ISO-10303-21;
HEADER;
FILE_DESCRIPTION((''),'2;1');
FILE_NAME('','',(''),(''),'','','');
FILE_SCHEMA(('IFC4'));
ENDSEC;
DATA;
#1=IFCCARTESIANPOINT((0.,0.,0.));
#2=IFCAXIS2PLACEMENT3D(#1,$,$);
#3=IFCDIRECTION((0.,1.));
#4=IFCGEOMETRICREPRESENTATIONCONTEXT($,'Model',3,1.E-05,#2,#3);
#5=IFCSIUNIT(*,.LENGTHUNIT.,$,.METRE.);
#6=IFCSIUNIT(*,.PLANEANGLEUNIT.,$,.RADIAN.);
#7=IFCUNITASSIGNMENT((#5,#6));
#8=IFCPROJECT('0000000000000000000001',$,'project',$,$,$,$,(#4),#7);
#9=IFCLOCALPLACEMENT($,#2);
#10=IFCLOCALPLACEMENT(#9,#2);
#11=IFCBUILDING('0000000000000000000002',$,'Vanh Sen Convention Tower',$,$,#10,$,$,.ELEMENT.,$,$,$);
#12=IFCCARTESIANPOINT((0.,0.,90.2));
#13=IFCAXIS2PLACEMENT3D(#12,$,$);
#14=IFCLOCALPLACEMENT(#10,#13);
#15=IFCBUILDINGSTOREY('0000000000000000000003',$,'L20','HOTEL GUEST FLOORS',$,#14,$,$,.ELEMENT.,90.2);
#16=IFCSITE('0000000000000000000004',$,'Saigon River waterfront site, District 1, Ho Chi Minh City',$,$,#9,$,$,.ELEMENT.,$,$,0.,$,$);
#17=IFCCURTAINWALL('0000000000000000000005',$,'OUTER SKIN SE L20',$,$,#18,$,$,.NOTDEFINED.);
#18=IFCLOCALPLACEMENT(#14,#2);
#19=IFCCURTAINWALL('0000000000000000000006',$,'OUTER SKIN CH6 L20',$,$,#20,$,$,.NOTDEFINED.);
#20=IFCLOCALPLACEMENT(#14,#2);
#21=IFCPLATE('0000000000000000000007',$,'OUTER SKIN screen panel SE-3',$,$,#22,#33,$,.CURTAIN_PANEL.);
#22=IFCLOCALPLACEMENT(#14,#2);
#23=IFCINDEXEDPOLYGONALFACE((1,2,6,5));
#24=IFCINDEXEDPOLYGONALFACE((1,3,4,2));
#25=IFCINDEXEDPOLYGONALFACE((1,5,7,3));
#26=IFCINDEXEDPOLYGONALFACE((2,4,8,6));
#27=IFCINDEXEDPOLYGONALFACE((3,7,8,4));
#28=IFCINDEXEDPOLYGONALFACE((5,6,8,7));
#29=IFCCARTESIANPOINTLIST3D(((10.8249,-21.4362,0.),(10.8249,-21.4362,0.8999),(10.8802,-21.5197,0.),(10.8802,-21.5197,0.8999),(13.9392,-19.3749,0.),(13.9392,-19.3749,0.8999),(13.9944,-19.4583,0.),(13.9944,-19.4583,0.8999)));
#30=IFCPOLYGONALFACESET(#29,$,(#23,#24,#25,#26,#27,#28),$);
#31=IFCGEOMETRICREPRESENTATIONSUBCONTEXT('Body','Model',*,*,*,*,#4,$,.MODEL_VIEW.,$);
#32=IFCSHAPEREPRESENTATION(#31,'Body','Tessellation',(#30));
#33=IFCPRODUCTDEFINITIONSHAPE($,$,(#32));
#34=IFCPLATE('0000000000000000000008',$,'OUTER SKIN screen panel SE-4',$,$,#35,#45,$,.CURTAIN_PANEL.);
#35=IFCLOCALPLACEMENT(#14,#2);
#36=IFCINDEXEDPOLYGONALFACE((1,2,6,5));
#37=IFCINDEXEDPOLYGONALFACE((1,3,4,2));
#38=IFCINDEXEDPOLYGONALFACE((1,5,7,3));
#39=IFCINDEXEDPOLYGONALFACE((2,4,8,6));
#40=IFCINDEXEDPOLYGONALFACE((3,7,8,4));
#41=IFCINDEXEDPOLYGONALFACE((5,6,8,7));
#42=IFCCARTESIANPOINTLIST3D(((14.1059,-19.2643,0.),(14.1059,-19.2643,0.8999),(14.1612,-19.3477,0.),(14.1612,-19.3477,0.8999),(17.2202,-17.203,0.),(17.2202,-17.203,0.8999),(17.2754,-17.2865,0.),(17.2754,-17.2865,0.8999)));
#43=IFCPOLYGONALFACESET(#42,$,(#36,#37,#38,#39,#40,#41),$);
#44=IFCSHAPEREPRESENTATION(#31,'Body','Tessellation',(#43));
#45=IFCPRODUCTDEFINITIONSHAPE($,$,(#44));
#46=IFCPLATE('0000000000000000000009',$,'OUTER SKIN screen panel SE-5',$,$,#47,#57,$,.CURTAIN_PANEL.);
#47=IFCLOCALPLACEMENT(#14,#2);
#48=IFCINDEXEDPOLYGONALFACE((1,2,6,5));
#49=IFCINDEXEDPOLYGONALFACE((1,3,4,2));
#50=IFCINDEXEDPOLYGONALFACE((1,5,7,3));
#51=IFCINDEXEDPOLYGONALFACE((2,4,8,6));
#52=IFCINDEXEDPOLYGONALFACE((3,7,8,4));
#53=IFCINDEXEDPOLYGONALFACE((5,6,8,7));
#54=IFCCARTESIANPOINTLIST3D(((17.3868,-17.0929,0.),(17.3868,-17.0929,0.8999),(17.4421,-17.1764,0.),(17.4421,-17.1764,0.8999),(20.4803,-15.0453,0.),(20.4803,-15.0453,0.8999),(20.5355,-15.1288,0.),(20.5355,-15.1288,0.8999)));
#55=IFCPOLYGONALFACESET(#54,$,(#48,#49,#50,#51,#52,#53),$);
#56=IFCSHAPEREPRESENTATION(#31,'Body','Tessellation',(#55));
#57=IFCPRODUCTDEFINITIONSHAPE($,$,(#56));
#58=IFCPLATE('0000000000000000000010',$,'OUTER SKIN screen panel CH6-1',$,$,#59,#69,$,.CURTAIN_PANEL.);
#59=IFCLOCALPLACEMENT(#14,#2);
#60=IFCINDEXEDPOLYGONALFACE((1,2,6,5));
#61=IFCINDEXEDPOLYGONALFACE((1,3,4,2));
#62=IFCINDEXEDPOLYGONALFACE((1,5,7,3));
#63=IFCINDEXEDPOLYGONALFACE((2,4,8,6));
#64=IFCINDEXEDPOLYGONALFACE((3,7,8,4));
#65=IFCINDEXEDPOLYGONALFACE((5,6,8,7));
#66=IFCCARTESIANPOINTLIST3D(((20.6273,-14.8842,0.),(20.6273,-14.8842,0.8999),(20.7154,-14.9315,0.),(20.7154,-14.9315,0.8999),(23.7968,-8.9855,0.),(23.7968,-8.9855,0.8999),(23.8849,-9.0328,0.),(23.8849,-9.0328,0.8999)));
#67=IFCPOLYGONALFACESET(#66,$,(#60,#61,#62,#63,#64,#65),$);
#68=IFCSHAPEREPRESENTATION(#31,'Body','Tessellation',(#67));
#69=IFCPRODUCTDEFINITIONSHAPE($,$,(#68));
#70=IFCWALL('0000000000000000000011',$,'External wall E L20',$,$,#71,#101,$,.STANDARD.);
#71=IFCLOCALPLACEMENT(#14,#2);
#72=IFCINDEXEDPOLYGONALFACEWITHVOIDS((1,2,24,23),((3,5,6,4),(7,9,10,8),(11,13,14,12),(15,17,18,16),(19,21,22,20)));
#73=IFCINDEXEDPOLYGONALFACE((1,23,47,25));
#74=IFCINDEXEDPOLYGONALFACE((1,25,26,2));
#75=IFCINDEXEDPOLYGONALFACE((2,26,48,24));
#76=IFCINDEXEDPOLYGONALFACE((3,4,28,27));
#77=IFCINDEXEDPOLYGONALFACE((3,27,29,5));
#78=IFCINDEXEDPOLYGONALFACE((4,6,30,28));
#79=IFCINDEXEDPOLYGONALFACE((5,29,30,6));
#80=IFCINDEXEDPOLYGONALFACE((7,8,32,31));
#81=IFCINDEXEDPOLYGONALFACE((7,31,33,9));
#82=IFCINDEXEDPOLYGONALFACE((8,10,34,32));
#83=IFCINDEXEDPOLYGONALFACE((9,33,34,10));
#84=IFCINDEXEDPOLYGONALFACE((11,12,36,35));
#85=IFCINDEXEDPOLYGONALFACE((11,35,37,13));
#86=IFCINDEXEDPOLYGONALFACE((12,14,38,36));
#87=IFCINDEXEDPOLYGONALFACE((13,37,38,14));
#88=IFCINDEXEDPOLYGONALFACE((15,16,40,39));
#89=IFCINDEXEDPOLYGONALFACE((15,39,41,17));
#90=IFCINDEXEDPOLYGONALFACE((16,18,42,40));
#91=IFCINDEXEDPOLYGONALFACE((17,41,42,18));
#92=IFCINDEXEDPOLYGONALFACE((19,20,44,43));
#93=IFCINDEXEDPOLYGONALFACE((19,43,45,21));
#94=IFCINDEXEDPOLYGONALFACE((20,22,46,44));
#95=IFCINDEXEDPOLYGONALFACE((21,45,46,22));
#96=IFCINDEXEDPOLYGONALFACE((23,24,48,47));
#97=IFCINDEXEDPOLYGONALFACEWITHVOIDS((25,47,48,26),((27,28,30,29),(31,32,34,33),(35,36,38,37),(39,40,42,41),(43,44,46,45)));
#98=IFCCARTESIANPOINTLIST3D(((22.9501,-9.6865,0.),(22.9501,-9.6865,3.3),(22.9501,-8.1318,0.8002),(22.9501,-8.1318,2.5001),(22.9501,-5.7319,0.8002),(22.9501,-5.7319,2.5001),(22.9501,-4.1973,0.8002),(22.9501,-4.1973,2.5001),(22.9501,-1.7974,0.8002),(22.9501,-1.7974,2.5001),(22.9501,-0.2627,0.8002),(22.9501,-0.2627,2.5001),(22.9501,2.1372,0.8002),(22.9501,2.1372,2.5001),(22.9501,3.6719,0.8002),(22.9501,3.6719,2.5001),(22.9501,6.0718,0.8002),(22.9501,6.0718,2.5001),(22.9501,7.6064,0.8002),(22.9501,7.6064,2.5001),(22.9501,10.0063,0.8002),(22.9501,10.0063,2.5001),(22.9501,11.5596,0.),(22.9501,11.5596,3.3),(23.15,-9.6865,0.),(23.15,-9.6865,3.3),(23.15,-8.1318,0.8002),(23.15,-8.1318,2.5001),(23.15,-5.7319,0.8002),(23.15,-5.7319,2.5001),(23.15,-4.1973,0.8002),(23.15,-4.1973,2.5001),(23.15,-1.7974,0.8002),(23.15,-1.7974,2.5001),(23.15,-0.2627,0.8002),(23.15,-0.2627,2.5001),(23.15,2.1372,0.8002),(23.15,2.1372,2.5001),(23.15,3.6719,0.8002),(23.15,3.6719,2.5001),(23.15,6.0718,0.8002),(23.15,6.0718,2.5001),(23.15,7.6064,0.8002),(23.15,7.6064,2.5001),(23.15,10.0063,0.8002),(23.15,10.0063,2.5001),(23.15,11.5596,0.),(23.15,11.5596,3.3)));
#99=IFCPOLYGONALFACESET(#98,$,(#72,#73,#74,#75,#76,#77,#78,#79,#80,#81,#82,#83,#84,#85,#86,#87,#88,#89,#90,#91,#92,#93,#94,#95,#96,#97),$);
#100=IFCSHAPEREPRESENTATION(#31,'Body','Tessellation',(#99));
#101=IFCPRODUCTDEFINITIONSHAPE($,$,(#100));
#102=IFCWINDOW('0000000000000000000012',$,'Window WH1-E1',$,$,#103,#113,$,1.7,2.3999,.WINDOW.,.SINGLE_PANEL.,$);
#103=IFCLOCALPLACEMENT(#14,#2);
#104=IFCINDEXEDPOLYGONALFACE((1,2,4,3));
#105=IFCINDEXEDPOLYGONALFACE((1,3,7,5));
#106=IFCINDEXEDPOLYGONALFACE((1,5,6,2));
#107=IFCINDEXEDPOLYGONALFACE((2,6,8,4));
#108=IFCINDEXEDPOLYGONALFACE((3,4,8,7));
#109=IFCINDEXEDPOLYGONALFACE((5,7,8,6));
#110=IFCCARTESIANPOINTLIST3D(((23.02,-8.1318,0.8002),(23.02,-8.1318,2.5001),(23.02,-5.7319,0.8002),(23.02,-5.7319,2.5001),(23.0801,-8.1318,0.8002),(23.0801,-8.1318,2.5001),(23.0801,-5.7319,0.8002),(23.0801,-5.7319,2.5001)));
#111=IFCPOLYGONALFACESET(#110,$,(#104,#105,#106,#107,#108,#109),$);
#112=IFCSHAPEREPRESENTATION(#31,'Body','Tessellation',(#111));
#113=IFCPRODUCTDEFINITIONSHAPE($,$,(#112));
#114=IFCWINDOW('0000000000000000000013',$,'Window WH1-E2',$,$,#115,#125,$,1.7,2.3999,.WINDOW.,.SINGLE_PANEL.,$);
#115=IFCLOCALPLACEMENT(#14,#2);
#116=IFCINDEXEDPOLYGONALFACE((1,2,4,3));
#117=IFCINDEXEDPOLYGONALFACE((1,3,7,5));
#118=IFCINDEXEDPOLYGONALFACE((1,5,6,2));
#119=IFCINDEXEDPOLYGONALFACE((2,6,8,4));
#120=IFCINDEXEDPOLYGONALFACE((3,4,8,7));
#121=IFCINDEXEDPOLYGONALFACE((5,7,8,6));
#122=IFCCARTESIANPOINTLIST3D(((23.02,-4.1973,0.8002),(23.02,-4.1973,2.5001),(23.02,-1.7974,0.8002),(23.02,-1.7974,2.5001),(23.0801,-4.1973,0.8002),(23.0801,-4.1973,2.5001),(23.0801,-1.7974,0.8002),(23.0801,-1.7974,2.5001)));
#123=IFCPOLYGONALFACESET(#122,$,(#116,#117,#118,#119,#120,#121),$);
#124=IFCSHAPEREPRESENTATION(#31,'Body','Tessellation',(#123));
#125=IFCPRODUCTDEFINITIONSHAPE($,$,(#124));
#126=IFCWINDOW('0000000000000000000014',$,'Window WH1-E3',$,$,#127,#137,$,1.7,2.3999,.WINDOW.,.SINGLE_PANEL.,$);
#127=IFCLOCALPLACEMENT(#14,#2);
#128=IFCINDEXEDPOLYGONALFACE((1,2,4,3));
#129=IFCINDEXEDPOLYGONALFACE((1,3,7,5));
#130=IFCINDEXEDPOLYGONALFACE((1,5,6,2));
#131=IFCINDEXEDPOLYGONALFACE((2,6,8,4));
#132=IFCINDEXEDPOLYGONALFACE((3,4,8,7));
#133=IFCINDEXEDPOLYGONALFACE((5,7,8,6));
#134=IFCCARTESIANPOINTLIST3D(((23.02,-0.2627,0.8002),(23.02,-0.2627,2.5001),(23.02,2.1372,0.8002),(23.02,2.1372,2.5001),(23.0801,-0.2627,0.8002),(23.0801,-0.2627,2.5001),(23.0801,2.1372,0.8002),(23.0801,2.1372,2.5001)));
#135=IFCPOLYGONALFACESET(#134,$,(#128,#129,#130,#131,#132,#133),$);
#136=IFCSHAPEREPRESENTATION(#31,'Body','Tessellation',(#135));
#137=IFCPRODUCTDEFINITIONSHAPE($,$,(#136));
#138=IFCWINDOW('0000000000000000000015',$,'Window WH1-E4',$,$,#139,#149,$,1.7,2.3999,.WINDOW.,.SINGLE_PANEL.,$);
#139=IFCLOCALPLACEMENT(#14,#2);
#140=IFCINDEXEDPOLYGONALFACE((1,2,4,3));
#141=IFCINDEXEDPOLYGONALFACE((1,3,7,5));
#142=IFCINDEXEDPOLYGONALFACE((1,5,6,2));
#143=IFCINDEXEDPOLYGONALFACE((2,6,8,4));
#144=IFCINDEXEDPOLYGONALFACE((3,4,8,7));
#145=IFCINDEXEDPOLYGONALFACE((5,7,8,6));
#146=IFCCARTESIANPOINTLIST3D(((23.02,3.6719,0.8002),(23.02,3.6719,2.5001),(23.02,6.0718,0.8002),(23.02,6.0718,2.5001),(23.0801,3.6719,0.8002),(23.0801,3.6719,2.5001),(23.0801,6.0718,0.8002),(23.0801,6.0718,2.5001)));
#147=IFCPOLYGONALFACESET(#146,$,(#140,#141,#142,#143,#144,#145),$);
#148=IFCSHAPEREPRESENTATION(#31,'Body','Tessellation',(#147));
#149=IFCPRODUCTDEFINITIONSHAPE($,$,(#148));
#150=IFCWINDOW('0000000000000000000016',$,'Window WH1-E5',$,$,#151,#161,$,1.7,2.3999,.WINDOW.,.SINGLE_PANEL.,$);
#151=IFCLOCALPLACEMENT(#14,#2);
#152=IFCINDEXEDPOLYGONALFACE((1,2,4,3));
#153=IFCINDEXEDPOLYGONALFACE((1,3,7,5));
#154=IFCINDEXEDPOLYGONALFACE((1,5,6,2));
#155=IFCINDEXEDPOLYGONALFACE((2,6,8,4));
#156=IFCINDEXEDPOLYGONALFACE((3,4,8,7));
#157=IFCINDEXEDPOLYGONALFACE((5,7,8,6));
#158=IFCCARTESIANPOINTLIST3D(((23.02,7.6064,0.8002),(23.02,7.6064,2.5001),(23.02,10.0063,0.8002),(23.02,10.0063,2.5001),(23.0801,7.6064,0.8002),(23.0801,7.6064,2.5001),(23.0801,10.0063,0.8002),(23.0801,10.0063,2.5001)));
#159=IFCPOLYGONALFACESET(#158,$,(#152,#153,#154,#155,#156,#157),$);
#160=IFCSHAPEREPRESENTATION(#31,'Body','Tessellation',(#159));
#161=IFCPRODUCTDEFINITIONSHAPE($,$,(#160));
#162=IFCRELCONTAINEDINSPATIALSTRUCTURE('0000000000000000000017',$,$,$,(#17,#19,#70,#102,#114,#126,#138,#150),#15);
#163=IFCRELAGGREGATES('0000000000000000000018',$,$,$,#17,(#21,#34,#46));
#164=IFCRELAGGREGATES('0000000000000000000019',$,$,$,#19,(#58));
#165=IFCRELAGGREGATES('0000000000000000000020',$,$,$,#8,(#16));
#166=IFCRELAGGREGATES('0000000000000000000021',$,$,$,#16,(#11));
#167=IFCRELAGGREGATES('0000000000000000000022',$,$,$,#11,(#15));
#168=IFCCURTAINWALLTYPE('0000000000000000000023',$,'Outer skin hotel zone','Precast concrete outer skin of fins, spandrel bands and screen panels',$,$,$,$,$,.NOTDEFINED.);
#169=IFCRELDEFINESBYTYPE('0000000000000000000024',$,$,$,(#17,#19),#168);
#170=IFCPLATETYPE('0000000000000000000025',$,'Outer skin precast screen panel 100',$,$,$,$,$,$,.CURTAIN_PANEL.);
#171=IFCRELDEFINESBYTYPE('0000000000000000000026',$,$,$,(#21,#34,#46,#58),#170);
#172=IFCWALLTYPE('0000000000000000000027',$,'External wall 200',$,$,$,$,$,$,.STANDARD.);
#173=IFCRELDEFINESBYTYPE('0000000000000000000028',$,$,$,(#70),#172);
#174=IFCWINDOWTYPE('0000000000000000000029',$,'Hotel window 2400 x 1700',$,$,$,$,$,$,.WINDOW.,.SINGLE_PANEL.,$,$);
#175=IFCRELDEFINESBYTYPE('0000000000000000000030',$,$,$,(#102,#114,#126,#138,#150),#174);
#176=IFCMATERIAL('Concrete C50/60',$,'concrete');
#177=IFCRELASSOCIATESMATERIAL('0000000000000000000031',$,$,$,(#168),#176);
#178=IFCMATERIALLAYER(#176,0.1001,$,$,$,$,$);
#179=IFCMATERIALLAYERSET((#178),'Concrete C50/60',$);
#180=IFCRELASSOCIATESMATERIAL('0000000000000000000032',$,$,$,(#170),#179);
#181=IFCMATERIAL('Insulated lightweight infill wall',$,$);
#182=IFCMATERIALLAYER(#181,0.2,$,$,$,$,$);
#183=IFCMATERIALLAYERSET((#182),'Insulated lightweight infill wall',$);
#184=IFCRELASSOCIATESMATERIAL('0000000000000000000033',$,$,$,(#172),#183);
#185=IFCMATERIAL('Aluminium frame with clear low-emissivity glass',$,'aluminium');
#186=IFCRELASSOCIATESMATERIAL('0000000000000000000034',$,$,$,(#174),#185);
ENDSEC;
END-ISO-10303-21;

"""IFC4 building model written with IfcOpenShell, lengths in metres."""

from ifc_helpers import new_model, si_unit, direction, frame, frame_2d, origin, origin_2d, place, context, subcontext, project, spatial, rectangle, extrude, material, layer, layer_set, type_object, element, fill, aggregate, save


model = new_model("IFC4")

# Units and contexts
model_context = context("Model", 3, precision=1e-05, world=origin(), true_north=direction((0.0, 1.0)))
body_context = subcontext(model_context, "Body", "Model", "MODEL_VIEW")
ifc_project = project(units=[si_unit("LENGTHUNIT", "METRE"), si_unit("PLANEANGLEUNIT", "RADIAN")], contexts=[model_context])

# Site, building, storey
site_placement = place(None, origin())
site = spatial("IfcSite", under=ifc_project, at=site_placement, Name="Saigon River waterfront site, District 1, Ho Chi Minh City", CompositionType="ELEMENT", RefElevation=0.0)
building_placement = place(site_placement, origin())
building = spatial("IfcBuilding", under=site, at=building_placement, Name="Vanh Sen Convention Tower", CompositionType="ELEMENT")
storey_placement = place(building_placement, frame((0.0, 0.0, 90.2)))
storey = spatial("IfcBuildingStorey", under=building, at=storey_placement, Name="L20", Description="HOTEL GUEST FLOORS", CompositionType="ELEMENT", Elevation=90.2)

# Curtain wall
ifc_material_1 = material(Name="Concrete C50/60", Category="concrete")
curtain_wall_type = type_object("IfcCurtainWallType", Name="Outer skin hotel zone", Description="Precast concrete outer skin of fins, spandrel bands and screen panels", PredefinedType="NOTDEFINED", material=ifc_material_1)
curtain_wall_1_placement = place(storey_placement, origin())
curtain_wall_1 = element("IfcCurtainWall", 1, at=curtain_wall_1_placement, inside=storey, type_object=curtain_wall_type, Name="OUTER SKIN SE L20", PredefinedType="NOTDEFINED")

# Curtain wall
curtain_wall_2_placement = place(storey_placement, origin())
curtain_wall_2 = element("IfcCurtainWall", 2, at=curtain_wall_2_placement, inside=storey, type_object=curtain_wall_type, Name="OUTER SKIN CH6 L20", PredefinedType="NOTDEFINED")

# Plates
ifc_layer_1 = layer(ifc_material_1, 0.1001)
ifc_layer_set_1 = layer_set([ifc_layer_1], Name="Concrete C50/60")
plate_type = type_object("IfcPlateType", Name="Outer skin precast screen panel 100", PredefinedType="CURTAIN_PANEL", material=ifc_layer_set_1)
plate_1_placement = place(storey_placement, frame((12.4097, -20.4473, 0.0), z_axis=(0.0, 0.0, 1.0), x_axis=(0.83388, 0.551946, 0.0)))
plate_1 = element("IfcPlate", 3, at=plate_1_placement, type_object=plate_type, Name="OUTER SKIN screen panel SE-3", PredefinedType="CURTAIN_PANEL", context=body_context, shape_type="SweptSolid", body=[
    extrude(rectangle(XDim=3.7346, YDim=0.1001, at=origin_2d()), origin(), (0.0, 0.0, 1.0), 0.8999),
])
plate_2_placement = place(storey_placement, frame((15.6907, -18.2754, 0.0), z_axis=(0.0, 0.0, 1.0), x_axis=(0.833892, 0.551928, 0.0)))
plate_2 = element("IfcPlate", 4, at=plate_2_placement, type_object=plate_type, Name="OUTER SKIN screen panel SE-4", PredefinedType="CURTAIN_PANEL", context=body_context, shape_type="SweptSolid", body=[
    extrude(rectangle(XDim=3.7346, YDim=0.1001, at=origin_2d()), origin(), (0.0, 0.0, 1.0), 0.8999),
])
plate_3_placement = place(storey_placement, frame((18.9612, -16.1108, 0.0), z_axis=(0.0, 0.0, 1.0), x_axis=(0.83388, 0.551946, 0.0)))
plate_3 = element("IfcPlate", 5, at=plate_3_placement, type_object=plate_type, Name="OUTER SKIN screen panel SE-5", PredefinedType="CURTAIN_PANEL", context=body_context, shape_type="SweptSolid", body=[
    extrude(rectangle(XDim=3.7097, YDim=0.1001, at=origin_2d()), origin(), (0.0, 0.0, 1.0), 0.8999),
])
aggregate(curtain_wall_1, [plate_1, plate_2, plate_3])
plate_4_placement = place(storey_placement, frame((22.2561, -11.9585, 0.0), z_axis=(0.0, 0.0, 1.0), x_axis=(0.473323, 0.880889, 0.0)))
plate_4 = element("IfcPlate", 6, at=plate_4_placement, type_object=plate_type, Name="OUTER SKIN screen panel CH6-1", PredefinedType="CURTAIN_PANEL", context=body_context, shape_type="SweptSolid", body=[
    extrude(rectangle(XDim=6.6963, YDim=0.1001, at=origin_2d()), origin(), (0.0, 0.0, 1.0), 0.8999),
])
aggregate(curtain_wall_2, [plate_4])

# Wall, openings, windows
ifc_material_2 = material(Name="Insulated lightweight infill wall")
ifc_layer_2 = layer(ifc_material_2, 0.2)
ifc_layer_set_2 = layer_set([ifc_layer_2], Name="Insulated lightweight infill wall")
wall_type_1 = type_object("IfcWallType", Name="External wall 200", PredefinedType="STANDARD", material=ifc_layer_set_2)
wall_1_placement = place(storey_placement, frame((23.05, -9.6865, 0.0), z_axis=(0.0, 0.0, 1.0), x_axis=(0.0, 1.0, 0.0)))
wall_1 = element("IfcWall", 7, at=wall_1_placement, inside=storey, type_object=wall_type_1, Name="External wall E L20", PredefinedType="STANDARD", context=body_context, shape_type="SweptSolid", body=[
    extrude(rectangle(XDim=21.2461, YDim=0.2, at=frame_2d((10.623, 0.0))), origin(), (0.0, 0.0, 1.0), 3.3),
])
opening_1_placement = place(wall_1_placement, frame((1.5547, 0.0, 0.8)))
opening_1 = element("IfcOpeningElement", 8, at=opening_1_placement, cuts=wall_1, PredefinedType="OPENING", context=body_context, shape_type="SweptSolid", body=[
    extrude(rectangle(XDim=2.3999, YDim=1.7, at=frame_2d((1.2, 0.8501))), frame((0.0, 0.1099, 0.0), z_axis=(0.0, -1.0, 0.0), x_axis=(1.0, 0.0, 0.0)), (0.0, 0.0, 1.0), 0.22),
])
opening_2_placement = place(wall_1_placement, frame((5.4893, 0.0, 0.8)))
opening_2 = element("IfcOpeningElement", 9, at=opening_2_placement, cuts=wall_1, PredefinedType="OPENING", context=body_context, shape_type="SweptSolid", body=[
    extrude(rectangle(XDim=2.3999, YDim=1.7, at=frame_2d((1.2, 0.8501))), frame((0.0, 0.1099, 0.0), z_axis=(0.0, -1.0, 0.0), x_axis=(1.0, 0.0, 0.0)), (0.0, 0.0, 1.0), 0.22),
])
opening_3_placement = place(wall_1_placement, frame((9.4238, 0.0, 0.8)))
opening_3 = element("IfcOpeningElement", 10, at=opening_3_placement, cuts=wall_1, PredefinedType="OPENING", context=body_context, shape_type="SweptSolid", body=[
    extrude(rectangle(XDim=2.3999, YDim=1.7, at=frame_2d((1.2, 0.8501))), frame((0.0, 0.1099, 0.0), z_axis=(0.0, -1.0, 0.0), x_axis=(1.0, 0.0, 0.0)), (0.0, 0.0, 1.0), 0.22),
])
opening_4_placement = place(wall_1_placement, frame((13.3584, 0.0, 0.8)))
opening_4 = element("IfcOpeningElement", 11, at=opening_4_placement, cuts=wall_1, PredefinedType="OPENING", context=body_context, shape_type="SweptSolid", body=[
    extrude(rectangle(XDim=2.3999, YDim=1.7, at=frame_2d((1.2, 0.8501))), frame((0.0, 0.1099, 0.0), z_axis=(0.0, -1.0, 0.0), x_axis=(1.0, 0.0, 0.0)), (0.0, 0.0, 1.0), 0.22),
])
opening_5_placement = place(wall_1_placement, frame((17.293, 0.0, 0.8)))
opening_5 = element("IfcOpeningElement", 12, at=opening_5_placement, cuts=wall_1, PredefinedType="OPENING", context=body_context, shape_type="SweptSolid", body=[
    extrude(rectangle(XDim=2.3999, YDim=1.7, at=frame_2d((1.2, 0.8501))), frame((0.0, 0.1099, 0.0), z_axis=(0.0, -1.0, 0.0), x_axis=(1.0, 0.0, 0.0)), (0.0, 0.0, 1.0), 0.22),
])
ifc_material_3 = material(Name="Aluminium frame with clear low-emissivity glass", Category="aluminium")
window_type_1 = type_object("IfcWindowType", Name="Hotel window 2400 x 1700", PartitioningType="SINGLE_PANEL", PredefinedType="WINDOW", material=ifc_material_3)
window_1_placement = place(opening_1_placement, origin())
window_1 = element("IfcWindow", 13, at=window_1_placement, inside=storey, type_object=window_type_1, Name="Window WH1-E1", OverallHeight=1.7, OverallWidth=2.3999, PartitioningType="SINGLE_PANEL", PredefinedType="WINDOW", context=body_context, shape_type="SweptSolid", body=[
    extrude(rectangle(XDim=2.3999, YDim=1.7, at=frame_2d((1.2, 0.8501))), frame((0.0, 0.03, 0.0), z_axis=(0.0, -1.0, 0.0), x_axis=(1.0, 0.0, 0.0)), (0.0, 0.0, 1.0), 0.0601),
])
fill(opening_1, window_1)
window_2_placement = place(opening_2_placement, origin())
window_2 = element("IfcWindow", 14, at=window_2_placement, inside=storey, type_object=window_type_1, Name="Window WH1-E2", OverallHeight=1.7, OverallWidth=2.3999, PartitioningType="SINGLE_PANEL", PredefinedType="WINDOW", context=body_context, shape_type="SweptSolid", body=[
    extrude(rectangle(XDim=2.3999, YDim=1.7, at=frame_2d((1.2, 0.8501))), frame((0.0, 0.03, 0.0), z_axis=(0.0, -1.0, 0.0), x_axis=(1.0, 0.0, 0.0)), (0.0, 0.0, 1.0), 0.0601),
])
fill(opening_2, window_2)
window_3_placement = place(opening_3_placement, origin())
window_3 = element("IfcWindow", 15, at=window_3_placement, inside=storey, type_object=window_type_1, Name="Window WH1-E3", OverallHeight=1.7, OverallWidth=2.3999, PartitioningType="SINGLE_PANEL", PredefinedType="WINDOW", context=body_context, shape_type="SweptSolid", body=[
    extrude(rectangle(XDim=2.3999, YDim=1.7, at=frame_2d((1.2, 0.8501))), frame((0.0, 0.03, 0.0), z_axis=(0.0, -1.0, 0.0), x_axis=(1.0, 0.0, 0.0)), (0.0, 0.0, 1.0), 0.0601),
])
fill(opening_3, window_3)
window_4_placement = place(opening_4_placement, origin())
window_4 = element("IfcWindow", 16, at=window_4_placement, inside=storey, type_object=window_type_1, Name="Window WH1-E4", OverallHeight=1.7, OverallWidth=2.3999, PartitioningType="SINGLE_PANEL", PredefinedType="WINDOW", context=body_context, shape_type="SweptSolid", body=[
    extrude(rectangle(XDim=2.3999, YDim=1.7, at=frame_2d((1.2, 0.8501))), frame((0.0, 0.03, 0.0), z_axis=(0.0, -1.0, 0.0), x_axis=(1.0, 0.0, 0.0)), (0.0, 0.0, 1.0), 0.0601),
])
fill(opening_4, window_4)
window_5_placement = place(opening_5_placement, origin())
window_5 = element("IfcWindow", 17, at=window_5_placement, inside=storey, type_object=window_type_1, Name="Window WH1-E5", OverallHeight=1.7, OverallWidth=2.3999, PartitioningType="SINGLE_PANEL", PredefinedType="WINDOW", context=body_context, shape_type="SweptSolid", body=[
    extrude(rectangle(XDim=2.3999, YDim=1.7, at=frame_2d((1.2, 0.8501))), frame((0.0, 0.03, 0.0), z_axis=(0.0, -1.0, 0.0), x_axis=(1.0, 0.0, 0.0)), (0.0, 0.0, 1.0), 0.0601),
])
fill(opening_5, window_5)

save(model, "model.ifc")
